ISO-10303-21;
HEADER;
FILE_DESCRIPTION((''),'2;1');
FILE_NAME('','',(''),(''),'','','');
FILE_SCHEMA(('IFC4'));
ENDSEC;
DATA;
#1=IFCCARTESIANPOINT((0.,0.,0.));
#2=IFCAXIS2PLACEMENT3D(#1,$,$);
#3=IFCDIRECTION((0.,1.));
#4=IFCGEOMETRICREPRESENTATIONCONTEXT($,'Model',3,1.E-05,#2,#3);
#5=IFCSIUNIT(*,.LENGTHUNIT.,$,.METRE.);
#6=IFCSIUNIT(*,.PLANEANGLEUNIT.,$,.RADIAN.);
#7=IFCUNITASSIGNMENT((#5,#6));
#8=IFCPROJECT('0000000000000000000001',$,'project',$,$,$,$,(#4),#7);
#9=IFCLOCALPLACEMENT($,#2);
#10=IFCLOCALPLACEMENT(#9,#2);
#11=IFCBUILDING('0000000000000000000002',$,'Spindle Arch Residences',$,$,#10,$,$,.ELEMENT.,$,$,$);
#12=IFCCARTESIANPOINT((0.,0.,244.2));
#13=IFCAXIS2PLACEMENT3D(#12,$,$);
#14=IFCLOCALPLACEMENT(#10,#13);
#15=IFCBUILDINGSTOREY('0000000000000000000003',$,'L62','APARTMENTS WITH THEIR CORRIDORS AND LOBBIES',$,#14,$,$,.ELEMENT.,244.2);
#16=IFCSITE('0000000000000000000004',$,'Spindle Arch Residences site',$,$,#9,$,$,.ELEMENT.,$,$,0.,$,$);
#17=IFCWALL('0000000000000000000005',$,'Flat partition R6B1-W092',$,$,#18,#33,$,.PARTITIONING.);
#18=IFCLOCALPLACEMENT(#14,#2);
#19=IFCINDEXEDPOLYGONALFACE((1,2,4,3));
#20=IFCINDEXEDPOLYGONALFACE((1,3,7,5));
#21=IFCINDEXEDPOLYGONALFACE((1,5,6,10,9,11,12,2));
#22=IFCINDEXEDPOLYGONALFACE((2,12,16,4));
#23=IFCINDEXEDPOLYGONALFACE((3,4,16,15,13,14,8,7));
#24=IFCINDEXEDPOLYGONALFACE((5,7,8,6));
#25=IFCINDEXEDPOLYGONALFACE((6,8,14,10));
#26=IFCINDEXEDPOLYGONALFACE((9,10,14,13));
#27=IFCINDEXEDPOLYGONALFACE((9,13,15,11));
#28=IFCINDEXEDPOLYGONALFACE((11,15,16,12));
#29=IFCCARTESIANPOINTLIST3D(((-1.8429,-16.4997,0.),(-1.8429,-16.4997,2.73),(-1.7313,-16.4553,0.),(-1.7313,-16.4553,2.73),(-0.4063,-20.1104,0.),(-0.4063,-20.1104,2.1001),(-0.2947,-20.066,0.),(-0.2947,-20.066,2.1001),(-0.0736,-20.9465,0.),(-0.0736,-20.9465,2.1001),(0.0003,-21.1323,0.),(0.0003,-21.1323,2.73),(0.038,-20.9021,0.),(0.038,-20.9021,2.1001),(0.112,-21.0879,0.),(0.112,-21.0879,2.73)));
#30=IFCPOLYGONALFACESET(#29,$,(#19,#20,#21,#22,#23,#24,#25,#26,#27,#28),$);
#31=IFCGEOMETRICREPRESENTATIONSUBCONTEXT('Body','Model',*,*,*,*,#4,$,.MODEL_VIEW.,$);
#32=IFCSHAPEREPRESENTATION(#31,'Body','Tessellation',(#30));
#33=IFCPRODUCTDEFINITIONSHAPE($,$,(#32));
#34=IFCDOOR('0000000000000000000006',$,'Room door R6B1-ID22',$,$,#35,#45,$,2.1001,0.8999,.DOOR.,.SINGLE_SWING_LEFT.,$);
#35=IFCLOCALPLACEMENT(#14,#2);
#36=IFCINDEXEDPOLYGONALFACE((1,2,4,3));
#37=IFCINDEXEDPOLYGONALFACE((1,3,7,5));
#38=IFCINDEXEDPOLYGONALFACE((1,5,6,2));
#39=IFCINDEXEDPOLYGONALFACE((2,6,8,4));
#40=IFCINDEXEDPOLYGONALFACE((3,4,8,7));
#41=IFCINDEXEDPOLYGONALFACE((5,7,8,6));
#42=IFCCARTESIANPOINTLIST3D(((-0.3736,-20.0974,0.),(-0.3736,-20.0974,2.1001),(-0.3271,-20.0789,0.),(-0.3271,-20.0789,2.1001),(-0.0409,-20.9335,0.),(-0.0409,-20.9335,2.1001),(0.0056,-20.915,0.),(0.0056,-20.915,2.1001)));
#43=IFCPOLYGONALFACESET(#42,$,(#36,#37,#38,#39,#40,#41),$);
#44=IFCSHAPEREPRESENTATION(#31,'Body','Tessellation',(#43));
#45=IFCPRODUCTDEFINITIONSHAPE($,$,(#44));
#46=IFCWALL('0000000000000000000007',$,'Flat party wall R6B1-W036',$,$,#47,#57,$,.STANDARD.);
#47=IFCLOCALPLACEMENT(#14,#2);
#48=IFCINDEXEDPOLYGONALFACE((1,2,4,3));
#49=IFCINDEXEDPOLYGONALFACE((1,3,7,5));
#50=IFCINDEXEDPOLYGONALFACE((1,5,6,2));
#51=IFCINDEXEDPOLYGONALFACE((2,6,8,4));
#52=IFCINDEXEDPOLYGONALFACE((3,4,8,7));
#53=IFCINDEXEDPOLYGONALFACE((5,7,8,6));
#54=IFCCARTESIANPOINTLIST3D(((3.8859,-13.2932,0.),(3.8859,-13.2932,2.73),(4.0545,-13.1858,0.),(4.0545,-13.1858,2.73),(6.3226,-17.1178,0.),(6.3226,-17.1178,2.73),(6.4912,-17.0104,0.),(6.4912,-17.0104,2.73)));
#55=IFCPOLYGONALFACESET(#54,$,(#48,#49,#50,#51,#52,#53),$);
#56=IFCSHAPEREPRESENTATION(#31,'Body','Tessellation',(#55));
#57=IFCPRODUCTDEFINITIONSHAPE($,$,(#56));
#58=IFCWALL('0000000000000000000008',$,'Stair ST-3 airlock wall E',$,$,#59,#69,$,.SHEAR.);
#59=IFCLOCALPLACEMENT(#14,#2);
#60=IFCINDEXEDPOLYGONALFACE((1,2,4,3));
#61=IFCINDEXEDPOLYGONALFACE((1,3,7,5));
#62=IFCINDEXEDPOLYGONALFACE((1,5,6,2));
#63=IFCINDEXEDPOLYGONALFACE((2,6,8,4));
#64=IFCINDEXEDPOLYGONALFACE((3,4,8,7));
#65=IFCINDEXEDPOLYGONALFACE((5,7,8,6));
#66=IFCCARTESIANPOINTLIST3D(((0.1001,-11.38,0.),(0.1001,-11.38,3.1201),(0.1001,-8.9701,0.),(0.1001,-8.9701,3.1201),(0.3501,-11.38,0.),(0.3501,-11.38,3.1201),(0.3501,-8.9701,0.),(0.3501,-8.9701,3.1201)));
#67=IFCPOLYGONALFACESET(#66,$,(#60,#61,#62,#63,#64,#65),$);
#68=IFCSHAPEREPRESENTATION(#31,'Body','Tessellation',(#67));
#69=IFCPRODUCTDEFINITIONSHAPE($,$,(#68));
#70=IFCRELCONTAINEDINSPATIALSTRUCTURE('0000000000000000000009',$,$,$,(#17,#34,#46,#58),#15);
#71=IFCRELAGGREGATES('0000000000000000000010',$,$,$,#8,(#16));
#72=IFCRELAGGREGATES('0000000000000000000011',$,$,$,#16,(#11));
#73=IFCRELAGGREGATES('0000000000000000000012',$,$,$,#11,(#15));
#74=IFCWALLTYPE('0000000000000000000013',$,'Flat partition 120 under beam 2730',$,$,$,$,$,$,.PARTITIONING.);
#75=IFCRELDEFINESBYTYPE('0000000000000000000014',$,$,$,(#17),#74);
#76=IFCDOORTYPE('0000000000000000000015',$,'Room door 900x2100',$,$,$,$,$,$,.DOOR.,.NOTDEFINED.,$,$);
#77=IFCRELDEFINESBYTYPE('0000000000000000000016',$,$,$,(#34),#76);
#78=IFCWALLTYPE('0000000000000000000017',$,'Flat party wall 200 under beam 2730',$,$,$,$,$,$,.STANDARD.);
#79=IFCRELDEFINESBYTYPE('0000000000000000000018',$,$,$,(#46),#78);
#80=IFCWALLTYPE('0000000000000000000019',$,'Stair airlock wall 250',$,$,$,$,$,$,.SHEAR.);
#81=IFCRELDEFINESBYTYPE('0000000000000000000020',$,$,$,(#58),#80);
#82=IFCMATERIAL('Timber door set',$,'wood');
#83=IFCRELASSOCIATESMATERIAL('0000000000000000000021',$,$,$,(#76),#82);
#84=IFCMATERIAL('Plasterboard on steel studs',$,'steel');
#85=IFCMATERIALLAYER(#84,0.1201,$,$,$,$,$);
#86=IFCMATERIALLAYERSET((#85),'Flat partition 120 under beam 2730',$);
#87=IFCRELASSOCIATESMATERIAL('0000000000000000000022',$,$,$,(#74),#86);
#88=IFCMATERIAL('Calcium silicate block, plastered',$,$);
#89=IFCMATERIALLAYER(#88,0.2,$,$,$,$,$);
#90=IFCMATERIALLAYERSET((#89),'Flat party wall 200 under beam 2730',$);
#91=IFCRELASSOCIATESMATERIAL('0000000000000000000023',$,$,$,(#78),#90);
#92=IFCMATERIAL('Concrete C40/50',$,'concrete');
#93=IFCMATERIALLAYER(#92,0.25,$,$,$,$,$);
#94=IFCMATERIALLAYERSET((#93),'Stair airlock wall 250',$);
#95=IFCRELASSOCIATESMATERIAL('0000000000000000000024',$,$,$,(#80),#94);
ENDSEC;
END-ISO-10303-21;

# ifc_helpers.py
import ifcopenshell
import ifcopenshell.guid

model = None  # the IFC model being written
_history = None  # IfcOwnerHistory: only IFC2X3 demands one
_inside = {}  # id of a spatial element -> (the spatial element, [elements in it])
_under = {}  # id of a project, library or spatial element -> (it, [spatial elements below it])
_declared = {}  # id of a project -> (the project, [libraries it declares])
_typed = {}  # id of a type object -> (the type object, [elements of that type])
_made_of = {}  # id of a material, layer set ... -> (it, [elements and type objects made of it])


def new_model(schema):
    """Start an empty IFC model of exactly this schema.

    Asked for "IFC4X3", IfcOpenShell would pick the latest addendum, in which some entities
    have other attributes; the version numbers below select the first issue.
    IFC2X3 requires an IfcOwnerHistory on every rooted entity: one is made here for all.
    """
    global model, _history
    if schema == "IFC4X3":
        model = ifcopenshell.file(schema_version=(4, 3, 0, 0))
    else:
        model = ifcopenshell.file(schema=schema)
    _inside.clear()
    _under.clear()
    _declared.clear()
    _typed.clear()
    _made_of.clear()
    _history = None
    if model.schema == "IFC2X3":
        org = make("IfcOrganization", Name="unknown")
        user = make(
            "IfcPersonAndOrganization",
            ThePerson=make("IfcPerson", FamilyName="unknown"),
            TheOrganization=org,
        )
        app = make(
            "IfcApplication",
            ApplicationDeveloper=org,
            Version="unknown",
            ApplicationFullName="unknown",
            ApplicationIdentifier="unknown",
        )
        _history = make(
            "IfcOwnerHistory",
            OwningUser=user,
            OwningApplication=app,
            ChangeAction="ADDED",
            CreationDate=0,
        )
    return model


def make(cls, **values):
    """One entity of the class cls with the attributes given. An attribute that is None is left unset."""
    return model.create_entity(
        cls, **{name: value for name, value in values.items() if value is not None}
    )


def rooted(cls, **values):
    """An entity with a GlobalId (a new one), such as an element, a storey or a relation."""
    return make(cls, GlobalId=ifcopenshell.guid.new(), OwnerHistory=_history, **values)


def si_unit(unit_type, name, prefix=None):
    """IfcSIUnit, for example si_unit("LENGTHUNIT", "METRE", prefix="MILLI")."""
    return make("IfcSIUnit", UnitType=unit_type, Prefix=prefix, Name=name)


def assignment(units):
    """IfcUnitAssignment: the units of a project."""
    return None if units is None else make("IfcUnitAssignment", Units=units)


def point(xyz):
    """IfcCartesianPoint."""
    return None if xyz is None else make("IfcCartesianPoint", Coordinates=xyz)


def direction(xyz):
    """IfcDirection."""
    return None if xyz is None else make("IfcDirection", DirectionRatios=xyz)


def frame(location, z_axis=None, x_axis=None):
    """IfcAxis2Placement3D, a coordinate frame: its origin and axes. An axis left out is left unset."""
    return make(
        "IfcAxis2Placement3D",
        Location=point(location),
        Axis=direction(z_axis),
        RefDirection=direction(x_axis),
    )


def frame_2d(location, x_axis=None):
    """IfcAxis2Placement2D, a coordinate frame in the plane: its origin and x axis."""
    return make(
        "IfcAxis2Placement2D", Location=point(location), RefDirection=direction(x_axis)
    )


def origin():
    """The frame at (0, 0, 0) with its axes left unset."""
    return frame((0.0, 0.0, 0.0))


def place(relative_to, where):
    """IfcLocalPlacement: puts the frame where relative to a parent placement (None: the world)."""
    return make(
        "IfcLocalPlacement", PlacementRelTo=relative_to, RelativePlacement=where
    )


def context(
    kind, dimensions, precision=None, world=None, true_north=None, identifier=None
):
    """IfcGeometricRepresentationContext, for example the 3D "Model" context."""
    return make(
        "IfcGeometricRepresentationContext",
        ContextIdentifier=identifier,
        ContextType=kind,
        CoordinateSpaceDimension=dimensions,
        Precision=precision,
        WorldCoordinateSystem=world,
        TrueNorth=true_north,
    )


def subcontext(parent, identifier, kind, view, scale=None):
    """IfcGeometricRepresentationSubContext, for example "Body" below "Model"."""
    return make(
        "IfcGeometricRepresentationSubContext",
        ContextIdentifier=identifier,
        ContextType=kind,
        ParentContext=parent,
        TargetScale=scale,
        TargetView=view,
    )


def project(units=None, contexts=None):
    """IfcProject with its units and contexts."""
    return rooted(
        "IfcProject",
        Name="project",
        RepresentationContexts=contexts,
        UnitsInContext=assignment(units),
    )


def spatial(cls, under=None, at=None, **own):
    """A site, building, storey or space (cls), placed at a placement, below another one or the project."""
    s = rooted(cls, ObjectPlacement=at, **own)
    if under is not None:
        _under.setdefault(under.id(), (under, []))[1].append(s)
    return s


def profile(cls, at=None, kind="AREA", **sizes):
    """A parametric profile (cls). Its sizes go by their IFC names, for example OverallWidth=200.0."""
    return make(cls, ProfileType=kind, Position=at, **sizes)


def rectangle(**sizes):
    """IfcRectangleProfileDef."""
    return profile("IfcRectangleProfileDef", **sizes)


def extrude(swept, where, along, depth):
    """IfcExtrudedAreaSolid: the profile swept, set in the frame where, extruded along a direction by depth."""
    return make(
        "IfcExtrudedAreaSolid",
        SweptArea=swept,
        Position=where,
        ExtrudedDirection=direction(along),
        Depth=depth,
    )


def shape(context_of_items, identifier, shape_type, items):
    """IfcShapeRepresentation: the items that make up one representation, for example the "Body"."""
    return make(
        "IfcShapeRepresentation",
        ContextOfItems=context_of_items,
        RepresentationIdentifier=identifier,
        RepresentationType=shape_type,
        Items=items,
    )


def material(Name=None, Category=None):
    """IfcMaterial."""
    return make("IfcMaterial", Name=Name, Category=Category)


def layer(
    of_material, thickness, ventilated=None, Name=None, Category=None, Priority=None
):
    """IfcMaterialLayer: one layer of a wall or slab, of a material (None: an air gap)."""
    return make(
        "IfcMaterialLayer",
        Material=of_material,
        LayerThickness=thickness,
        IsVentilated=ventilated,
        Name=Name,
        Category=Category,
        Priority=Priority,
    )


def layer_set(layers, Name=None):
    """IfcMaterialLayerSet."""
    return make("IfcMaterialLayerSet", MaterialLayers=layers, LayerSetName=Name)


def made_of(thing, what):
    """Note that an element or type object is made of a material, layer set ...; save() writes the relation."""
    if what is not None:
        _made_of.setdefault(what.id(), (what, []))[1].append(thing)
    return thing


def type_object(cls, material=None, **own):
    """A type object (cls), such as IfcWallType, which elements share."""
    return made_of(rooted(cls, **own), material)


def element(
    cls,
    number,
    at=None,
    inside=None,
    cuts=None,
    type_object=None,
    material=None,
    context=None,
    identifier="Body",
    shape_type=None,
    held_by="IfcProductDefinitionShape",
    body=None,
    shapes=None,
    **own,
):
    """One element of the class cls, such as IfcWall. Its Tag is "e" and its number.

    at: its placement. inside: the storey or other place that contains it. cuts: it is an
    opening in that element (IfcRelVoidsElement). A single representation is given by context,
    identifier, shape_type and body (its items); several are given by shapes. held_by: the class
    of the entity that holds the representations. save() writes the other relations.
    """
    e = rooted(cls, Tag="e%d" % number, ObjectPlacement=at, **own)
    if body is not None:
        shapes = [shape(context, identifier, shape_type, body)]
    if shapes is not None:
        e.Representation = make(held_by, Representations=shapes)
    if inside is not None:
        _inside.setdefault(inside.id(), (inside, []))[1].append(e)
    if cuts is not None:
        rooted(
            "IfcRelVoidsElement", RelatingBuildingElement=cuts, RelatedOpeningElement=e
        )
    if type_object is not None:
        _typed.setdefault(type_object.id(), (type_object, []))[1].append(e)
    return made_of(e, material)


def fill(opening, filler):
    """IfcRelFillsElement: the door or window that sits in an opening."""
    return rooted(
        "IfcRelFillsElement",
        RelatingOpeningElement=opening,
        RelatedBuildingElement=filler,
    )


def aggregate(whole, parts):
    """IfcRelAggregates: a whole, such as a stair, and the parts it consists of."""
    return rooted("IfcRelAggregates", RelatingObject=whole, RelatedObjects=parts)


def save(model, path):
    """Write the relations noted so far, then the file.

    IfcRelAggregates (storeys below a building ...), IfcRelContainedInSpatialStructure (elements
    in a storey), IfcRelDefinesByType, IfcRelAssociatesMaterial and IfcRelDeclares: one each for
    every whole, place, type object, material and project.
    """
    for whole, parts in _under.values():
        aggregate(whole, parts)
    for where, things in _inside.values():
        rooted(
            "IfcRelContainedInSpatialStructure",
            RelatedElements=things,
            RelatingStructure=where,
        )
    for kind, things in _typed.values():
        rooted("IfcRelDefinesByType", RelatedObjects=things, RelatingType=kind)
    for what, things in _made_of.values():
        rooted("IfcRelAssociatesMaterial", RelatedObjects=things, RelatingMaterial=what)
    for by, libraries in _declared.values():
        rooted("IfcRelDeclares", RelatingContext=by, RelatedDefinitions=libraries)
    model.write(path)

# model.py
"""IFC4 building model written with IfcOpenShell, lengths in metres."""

from ifc_helpers import new_model, si_unit, direction, frame, frame_2d, origin, place, context, subcontext, project, spatial, rectangle, extrude, material, layer, layer_set, type_object, element, fill, save


model = new_model("IFC4")

# Units and contexts
model_context = context("Model", 3, precision=1e-05, world=origin(), true_north=direction((0.0, 1.0)))
body_context = subcontext(model_context, "Body", "Model", "MODEL_VIEW")
ifc_project = project(units=[si_unit("LENGTHUNIT", "METRE"), si_unit("PLANEANGLEUNIT", "RADIAN")], contexts=[model_context])

# Site, building, storey
site_placement = place(None, origin())
site = spatial("IfcSite", under=ifc_project, at=site_placement, Name="Spindle Arch Residences site", CompositionType="ELEMENT", RefElevation=0.0)
building_placement = place(site_placement, origin())
building = spatial("IfcBuilding", under=site, at=building_placement, Name="Spindle Arch Residences", CompositionType="ELEMENT")
storey_placement = place(building_placement, frame((0.0, 0.0, 244.2)))
storey = spatial("IfcBuildingStorey", under=building, at=storey_placement, Name="L62", Description="APARTMENTS WITH THEIR CORRIDORS AND LOBBIES", CompositionType="ELEMENT", Elevation=244.2)

# Shared definitions
ifc_material_1 = material(Name="Timber door set", Category="wood")
door_type_1 = type_object("IfcDoorType", Name="Room door 900x2100", OperationType="NOTDEFINED", PredefinedType="DOOR", material=ifc_material_1)

# Wall, opening, door
ifc_material_2 = material(Name="Plasterboard on steel studs", Category="steel")
ifc_layer_1 = layer(ifc_material_2, 0.1201)
ifc_layer_set_1 = layer_set([ifc_layer_1], Name="Flat partition 120 under beam 2730")
wall_type_1 = type_object("IfcWallType", Name="Flat partition 120 under beam 2730", PredefinedType="PARTITIONING", material=ifc_layer_set_1)
wall_1_placement = place(storey_placement, frame((0.0562, -21.1101, 0.0), z_axis=(0.0, 0.0, 1.0), x_axis=(-0.369702, 0.929151, 0.0)))
wall_1 = element("IfcWall", 1, at=wall_1_placement, inside=storey, type_object=wall_type_1, Name="Flat partition R6B1-W092", PredefinedType="PARTITIONING", context=body_context, shape_type="SweptSolid", body=[
    extrude(rectangle(XDim=4.9858, YDim=0.1201, at=frame_2d((2.4929, 0.0))), origin(), (0.0, 0.0, 1.0), 2.73),
])
opening_1_placement = place(wall_1_placement, frame((0.2, 0.0, 0.0)))
opening_1 = element("IfcOpeningElement", 2, at=opening_1_placement, cuts=wall_1, PredefinedType="OPENING", context=body_context, shape_type="SweptSolid", body=[
    extrude(rectangle(XDim=0.8999, YDim=2.1001, at=frame_2d((0.45, 1.05))), frame((0.0, 0.0701, 0.0), z_axis=(0.0, -1.0, 0.0), x_axis=(1.0, 0.0, 0.0)), (0.0, 0.0, 1.0), 0.1401),
])
door_1_placement = place(opening_1_placement, origin())
door_1 = element("IfcDoor", 3, at=door_1_placement, inside=storey, type_object=door_type_1, Name="Room door R6B1-ID22", OperationType="SINGLE_SWING_LEFT", OverallHeight=2.1001, OverallWidth=0.8999, PredefinedType="DOOR", context=body_context, shape_type="SweptSolid", body=[
    extrude(rectangle(XDim=0.8999, YDim=2.1001, at=frame_2d((0.45, 1.05))), frame((0.0, 0.0249, 0.0), z_axis=(0.0, -1.0, 0.0), x_axis=(1.0, 0.0, 0.0)), (0.0, 0.0, 1.0), 0.05),
])
fill(opening_1, door_1)

# Walls
ifc_material_3 = material(Name="Calcium silicate block, plastered")
ifc_layer_2 = layer(ifc_material_3, 0.2)
ifc_layer_set_2 = layer_set([ifc_layer_2], Name="Flat party wall 200 under beam 2730")
wall_type_2 = type_object("IfcWallType", Name="Flat party wall 200 under beam 2730", PredefinedType="STANDARD", material=ifc_layer_set_2)
wall_2_placement = place(storey_placement, frame((6.407, -17.0642, 0.0), z_axis=(0.0, 0.0, 1.0), x_axis=(-0.537325, 0.843375, 0.0)))
element("IfcWall", 4, at=wall_2_placement, inside=storey, type_object=wall_type_2, Name="Flat party wall R6B1-W036", PredefinedType="STANDARD", context=body_context, shape_type="SweptSolid", body=[
    extrude(rectangle(XDim=4.5349, YDim=0.2, at=frame_2d((2.2676, 0.0))), origin(), (0.0, 0.0, 1.0), 2.73),
])
ifc_material_4 = material(Name="Concrete C40/50", Category="concrete")
ifc_layer_3 = layer(ifc_material_4, 0.25)
ifc_layer_set_3 = layer_set([ifc_layer_3], Name="Stair airlock wall 250")
wall_type_3 = type_object("IfcWallType", Name="Stair airlock wall 250", PredefinedType="SHEAR", material=ifc_layer_set_3)
wall_3_placement = place(storey_placement, frame((0.2251, -8.97, 0.0), z_axis=(0.0, 0.0, 1.0), x_axis=(0.0, -1.0, 0.0)))
element("IfcWall", 5, at=wall_3_placement, inside=storey, type_object=wall_type_3, Name="Stair ST-3 airlock wall E", PredefinedType="SHEAR", context=body_context, shape_type="SweptSolid", body=[
    extrude(rectangle(XDim=2.4099, YDim=0.25, at=frame_2d((1.2051, 0.0))), origin(), (0.0, 0.0, 1.0), 3.1201),
])

save(model, "model.ifc")
